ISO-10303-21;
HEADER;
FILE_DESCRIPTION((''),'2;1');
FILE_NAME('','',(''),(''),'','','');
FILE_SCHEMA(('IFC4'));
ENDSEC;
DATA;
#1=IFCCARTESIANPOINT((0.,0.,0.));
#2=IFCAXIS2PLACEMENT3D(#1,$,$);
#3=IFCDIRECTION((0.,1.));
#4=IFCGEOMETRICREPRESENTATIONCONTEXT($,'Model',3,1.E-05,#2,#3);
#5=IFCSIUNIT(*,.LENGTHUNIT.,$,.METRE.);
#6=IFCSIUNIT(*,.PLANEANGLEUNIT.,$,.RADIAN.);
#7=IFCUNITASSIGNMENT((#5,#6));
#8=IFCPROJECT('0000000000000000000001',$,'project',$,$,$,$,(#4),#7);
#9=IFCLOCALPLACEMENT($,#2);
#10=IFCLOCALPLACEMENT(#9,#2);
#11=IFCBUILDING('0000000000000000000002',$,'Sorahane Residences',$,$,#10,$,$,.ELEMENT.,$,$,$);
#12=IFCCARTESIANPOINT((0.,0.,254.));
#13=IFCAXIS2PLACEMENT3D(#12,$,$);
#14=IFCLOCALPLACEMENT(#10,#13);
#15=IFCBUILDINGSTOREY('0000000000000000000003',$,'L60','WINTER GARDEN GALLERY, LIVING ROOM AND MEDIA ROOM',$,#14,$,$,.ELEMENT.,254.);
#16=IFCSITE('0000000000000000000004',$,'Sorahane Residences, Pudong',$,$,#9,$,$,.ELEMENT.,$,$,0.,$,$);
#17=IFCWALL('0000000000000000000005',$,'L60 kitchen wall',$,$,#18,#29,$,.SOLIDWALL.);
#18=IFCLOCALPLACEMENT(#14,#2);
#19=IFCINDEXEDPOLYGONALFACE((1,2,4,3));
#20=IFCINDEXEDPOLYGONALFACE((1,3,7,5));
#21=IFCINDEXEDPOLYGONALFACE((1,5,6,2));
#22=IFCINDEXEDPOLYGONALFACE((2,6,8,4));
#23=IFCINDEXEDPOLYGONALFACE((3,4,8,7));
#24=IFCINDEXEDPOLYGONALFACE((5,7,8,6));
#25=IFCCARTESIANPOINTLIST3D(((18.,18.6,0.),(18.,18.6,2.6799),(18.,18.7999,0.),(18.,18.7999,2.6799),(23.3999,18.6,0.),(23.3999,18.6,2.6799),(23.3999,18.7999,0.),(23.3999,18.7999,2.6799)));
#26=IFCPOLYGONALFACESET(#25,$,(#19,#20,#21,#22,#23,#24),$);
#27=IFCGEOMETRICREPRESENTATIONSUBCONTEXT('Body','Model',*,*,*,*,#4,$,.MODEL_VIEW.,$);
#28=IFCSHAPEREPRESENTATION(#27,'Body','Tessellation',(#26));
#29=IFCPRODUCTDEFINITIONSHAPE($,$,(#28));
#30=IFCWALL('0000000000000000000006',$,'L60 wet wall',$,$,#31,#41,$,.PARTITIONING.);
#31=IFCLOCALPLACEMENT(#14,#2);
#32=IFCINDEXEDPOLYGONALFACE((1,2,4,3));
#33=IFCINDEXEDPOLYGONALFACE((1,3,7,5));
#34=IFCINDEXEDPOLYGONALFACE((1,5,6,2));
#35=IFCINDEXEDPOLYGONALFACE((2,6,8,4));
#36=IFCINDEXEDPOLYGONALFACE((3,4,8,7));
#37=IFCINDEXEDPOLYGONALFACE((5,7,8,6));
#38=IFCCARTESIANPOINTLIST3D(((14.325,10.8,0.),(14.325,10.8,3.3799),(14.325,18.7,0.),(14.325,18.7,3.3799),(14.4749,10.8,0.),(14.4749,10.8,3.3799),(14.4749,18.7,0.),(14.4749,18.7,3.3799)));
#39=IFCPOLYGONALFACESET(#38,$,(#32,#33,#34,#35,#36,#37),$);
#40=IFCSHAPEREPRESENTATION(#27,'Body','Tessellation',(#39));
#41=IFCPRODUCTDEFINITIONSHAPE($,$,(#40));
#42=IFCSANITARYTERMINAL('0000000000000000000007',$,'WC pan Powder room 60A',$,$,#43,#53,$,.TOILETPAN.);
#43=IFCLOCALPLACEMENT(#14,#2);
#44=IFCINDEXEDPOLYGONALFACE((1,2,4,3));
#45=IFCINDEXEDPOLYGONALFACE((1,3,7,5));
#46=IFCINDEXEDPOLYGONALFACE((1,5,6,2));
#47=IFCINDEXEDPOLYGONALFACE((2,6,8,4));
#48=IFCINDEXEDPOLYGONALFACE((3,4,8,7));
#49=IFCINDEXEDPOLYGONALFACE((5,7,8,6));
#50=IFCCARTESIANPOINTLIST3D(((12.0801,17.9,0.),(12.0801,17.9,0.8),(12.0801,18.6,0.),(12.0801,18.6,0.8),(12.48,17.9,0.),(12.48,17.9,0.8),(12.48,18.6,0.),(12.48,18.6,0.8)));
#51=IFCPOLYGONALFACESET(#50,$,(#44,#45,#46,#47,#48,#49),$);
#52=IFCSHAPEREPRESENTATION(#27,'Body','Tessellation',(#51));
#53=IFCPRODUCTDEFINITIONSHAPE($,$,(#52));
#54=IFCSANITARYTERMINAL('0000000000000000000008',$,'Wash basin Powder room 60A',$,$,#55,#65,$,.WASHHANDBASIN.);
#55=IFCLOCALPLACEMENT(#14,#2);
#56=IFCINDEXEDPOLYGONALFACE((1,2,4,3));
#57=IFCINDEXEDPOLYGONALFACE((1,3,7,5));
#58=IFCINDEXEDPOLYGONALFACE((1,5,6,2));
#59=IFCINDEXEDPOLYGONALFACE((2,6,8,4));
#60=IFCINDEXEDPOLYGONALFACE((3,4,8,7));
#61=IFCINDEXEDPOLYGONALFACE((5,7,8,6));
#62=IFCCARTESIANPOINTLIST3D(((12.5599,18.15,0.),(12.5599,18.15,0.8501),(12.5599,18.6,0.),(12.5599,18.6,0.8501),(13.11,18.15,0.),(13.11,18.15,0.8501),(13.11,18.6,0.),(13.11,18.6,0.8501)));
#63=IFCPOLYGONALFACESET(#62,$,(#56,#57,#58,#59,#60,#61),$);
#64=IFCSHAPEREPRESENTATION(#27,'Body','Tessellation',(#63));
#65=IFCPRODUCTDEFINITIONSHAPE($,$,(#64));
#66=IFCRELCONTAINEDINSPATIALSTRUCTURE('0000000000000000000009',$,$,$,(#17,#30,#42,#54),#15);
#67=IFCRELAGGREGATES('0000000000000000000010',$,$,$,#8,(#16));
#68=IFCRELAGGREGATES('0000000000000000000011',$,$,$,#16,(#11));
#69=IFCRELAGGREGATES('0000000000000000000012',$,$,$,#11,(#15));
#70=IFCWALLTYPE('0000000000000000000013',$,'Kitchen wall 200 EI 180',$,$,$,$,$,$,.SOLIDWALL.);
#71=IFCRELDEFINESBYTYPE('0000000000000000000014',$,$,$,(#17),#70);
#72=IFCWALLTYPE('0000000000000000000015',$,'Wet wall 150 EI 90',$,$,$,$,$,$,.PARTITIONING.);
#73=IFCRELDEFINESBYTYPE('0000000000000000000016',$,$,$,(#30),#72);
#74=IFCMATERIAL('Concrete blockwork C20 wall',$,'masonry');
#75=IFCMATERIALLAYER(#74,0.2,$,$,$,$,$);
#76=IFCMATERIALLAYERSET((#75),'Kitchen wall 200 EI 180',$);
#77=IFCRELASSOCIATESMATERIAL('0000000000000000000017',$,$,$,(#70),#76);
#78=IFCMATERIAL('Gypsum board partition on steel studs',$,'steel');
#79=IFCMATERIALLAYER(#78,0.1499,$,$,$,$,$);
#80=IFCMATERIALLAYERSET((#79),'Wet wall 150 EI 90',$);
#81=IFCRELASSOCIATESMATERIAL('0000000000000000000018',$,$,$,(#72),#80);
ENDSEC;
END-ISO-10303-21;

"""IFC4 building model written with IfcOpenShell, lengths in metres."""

from ifc_helpers import new_model, si_unit, direction, frame, frame_2d, origin, origin_2d, place, context, subcontext, project, spatial, rectangle, extrude, material, layer, layer_set, type_object, element, save


model = new_model("IFC4")

# Units and contexts
model_context = context("Model", 3, precision=1e-05, world=origin(), true_north=direction((0.0, 1.0)))
body_context = subcontext(model_context, "Body", "Model", "MODEL_VIEW")
ifc_project = project(units=[si_unit("LENGTHUNIT", "METRE"), si_unit("PLANEANGLEUNIT", "RADIAN")], contexts=[model_context])

# Site, building, storey
site_placement = place(None, origin())
site = spatial("IfcSite", under=ifc_project, at=site_placement, Name="Sorahane Residences, Pudong", CompositionType="ELEMENT", RefElevation=0.0)
building_placement = place(site_placement, origin())
building = spatial("IfcBuilding", under=site, at=building_placement, Name="Sorahane Residences", CompositionType="ELEMENT")
storey_placement = place(building_placement, frame((0.0, 0.0, 254.0)))
storey = spatial("IfcBuildingStorey", under=building, at=storey_placement, Name="L60", Description="WINTER GARDEN GALLERY, LIVING ROOM AND MEDIA ROOM", CompositionType="ELEMENT", Elevation=254.0)

# Shared definitions
ifc_material_1 = material(Name="Concrete blockwork C20 wall", Category="masonry")
ifc_layer_1 = layer(ifc_material_1, 0.2)
ifc_layer_set_1 = layer_set([ifc_layer_1], Name="Kitchen wall 200 EI 180")
wall_type_1 = type_object("IfcWallType", Name="Kitchen wall 200 EI 180", PredefinedType="SOLIDWALL", material=ifc_layer_set_1)

# Wall
wall_1_placement = place(storey_placement, frame((18.0, 18.7, 0.0), z_axis=(0.0, 0.0, 1.0), x_axis=(1.0, 0.0, 0.0)))
element("IfcWall", 1, at=wall_1_placement, inside=storey, type_object=wall_type_1, Name="L60 kitchen wall", PredefinedType="SOLIDWALL", context=body_context, shape_type="SweptSolid", body=[
    extrude(rectangle(XDim=5.3999, YDim=0.2, at=frame_2d((2.7, 0.0))), origin(), (0.0, 0.0, 1.0), 2.6799),
])

# Wall
ifc_material_2 = material(Name="Gypsum board partition on steel studs", Category="steel")
ifc_layer_2 = layer(ifc_material_2, 0.1499)
ifc_layer_set_2 = layer_set([ifc_layer_2], Name="Wet wall 150 EI 90")
wall_type_2 = type_object("IfcWallType", Name="Wet wall 150 EI 90", PredefinedType="PARTITIONING", material=ifc_layer_set_2)
wall_2_placement = place(storey_placement, frame((14.3999, 10.8, 0.0), z_axis=(0.0, 0.0, 1.0), x_axis=(0.0, 1.0, 0.0)))
element("IfcWall", 2, at=wall_2_placement, inside=storey, type_object=wall_type_2, Name="L60 wet wall", PredefinedType="PARTITIONING", context=body_context, shape_type="SweptSolid", body=[
    extrude(rectangle(XDim=7.8999, YDim=0.1499, at=frame_2d((3.95, 0.0))), origin(), (0.0, 0.0, 1.0), 3.3799),
])

# Sanitary terminals
sanitary_terminal_1_placement = place(storey_placement, frame((12.28, 18.25, 0.0), z_axis=(0.0, 0.0, 1.0), x_axis=(1.0, 0.0, 0.0)))
element("IfcSanitaryTerminal", 3, at=sanitary_terminal_1_placement, inside=storey, Name="WC pan Powder room 60A", PredefinedType="TOILETPAN", context=body_context, shape_type="SweptSolid", body=[
    extrude(rectangle(XDim=0.3999, YDim=0.7, at=origin_2d()), origin(), (0.0, 0.0, 1.0), 0.8),
])
sanitary_terminal_2_placement = place(storey_placement, frame((12.835, 18.375, 0.0), z_axis=(0.0, 0.0, 1.0), x_axis=(1.0, 0.0, 0.0)))
element("IfcSanitaryTerminal", 4, at=sanitary_terminal_2_placement, inside=storey, Name="Wash basin Powder room 60A", PredefinedType="WASHHANDBASIN", context=body_context, shape_type="SweptSolid", body=[
    extrude(rectangle(XDim=0.55, YDim=0.45, at=origin_2d()), origin(), (0.0, 0.0, 1.0), 0.8501),
])

save(model, "model.ifc")
